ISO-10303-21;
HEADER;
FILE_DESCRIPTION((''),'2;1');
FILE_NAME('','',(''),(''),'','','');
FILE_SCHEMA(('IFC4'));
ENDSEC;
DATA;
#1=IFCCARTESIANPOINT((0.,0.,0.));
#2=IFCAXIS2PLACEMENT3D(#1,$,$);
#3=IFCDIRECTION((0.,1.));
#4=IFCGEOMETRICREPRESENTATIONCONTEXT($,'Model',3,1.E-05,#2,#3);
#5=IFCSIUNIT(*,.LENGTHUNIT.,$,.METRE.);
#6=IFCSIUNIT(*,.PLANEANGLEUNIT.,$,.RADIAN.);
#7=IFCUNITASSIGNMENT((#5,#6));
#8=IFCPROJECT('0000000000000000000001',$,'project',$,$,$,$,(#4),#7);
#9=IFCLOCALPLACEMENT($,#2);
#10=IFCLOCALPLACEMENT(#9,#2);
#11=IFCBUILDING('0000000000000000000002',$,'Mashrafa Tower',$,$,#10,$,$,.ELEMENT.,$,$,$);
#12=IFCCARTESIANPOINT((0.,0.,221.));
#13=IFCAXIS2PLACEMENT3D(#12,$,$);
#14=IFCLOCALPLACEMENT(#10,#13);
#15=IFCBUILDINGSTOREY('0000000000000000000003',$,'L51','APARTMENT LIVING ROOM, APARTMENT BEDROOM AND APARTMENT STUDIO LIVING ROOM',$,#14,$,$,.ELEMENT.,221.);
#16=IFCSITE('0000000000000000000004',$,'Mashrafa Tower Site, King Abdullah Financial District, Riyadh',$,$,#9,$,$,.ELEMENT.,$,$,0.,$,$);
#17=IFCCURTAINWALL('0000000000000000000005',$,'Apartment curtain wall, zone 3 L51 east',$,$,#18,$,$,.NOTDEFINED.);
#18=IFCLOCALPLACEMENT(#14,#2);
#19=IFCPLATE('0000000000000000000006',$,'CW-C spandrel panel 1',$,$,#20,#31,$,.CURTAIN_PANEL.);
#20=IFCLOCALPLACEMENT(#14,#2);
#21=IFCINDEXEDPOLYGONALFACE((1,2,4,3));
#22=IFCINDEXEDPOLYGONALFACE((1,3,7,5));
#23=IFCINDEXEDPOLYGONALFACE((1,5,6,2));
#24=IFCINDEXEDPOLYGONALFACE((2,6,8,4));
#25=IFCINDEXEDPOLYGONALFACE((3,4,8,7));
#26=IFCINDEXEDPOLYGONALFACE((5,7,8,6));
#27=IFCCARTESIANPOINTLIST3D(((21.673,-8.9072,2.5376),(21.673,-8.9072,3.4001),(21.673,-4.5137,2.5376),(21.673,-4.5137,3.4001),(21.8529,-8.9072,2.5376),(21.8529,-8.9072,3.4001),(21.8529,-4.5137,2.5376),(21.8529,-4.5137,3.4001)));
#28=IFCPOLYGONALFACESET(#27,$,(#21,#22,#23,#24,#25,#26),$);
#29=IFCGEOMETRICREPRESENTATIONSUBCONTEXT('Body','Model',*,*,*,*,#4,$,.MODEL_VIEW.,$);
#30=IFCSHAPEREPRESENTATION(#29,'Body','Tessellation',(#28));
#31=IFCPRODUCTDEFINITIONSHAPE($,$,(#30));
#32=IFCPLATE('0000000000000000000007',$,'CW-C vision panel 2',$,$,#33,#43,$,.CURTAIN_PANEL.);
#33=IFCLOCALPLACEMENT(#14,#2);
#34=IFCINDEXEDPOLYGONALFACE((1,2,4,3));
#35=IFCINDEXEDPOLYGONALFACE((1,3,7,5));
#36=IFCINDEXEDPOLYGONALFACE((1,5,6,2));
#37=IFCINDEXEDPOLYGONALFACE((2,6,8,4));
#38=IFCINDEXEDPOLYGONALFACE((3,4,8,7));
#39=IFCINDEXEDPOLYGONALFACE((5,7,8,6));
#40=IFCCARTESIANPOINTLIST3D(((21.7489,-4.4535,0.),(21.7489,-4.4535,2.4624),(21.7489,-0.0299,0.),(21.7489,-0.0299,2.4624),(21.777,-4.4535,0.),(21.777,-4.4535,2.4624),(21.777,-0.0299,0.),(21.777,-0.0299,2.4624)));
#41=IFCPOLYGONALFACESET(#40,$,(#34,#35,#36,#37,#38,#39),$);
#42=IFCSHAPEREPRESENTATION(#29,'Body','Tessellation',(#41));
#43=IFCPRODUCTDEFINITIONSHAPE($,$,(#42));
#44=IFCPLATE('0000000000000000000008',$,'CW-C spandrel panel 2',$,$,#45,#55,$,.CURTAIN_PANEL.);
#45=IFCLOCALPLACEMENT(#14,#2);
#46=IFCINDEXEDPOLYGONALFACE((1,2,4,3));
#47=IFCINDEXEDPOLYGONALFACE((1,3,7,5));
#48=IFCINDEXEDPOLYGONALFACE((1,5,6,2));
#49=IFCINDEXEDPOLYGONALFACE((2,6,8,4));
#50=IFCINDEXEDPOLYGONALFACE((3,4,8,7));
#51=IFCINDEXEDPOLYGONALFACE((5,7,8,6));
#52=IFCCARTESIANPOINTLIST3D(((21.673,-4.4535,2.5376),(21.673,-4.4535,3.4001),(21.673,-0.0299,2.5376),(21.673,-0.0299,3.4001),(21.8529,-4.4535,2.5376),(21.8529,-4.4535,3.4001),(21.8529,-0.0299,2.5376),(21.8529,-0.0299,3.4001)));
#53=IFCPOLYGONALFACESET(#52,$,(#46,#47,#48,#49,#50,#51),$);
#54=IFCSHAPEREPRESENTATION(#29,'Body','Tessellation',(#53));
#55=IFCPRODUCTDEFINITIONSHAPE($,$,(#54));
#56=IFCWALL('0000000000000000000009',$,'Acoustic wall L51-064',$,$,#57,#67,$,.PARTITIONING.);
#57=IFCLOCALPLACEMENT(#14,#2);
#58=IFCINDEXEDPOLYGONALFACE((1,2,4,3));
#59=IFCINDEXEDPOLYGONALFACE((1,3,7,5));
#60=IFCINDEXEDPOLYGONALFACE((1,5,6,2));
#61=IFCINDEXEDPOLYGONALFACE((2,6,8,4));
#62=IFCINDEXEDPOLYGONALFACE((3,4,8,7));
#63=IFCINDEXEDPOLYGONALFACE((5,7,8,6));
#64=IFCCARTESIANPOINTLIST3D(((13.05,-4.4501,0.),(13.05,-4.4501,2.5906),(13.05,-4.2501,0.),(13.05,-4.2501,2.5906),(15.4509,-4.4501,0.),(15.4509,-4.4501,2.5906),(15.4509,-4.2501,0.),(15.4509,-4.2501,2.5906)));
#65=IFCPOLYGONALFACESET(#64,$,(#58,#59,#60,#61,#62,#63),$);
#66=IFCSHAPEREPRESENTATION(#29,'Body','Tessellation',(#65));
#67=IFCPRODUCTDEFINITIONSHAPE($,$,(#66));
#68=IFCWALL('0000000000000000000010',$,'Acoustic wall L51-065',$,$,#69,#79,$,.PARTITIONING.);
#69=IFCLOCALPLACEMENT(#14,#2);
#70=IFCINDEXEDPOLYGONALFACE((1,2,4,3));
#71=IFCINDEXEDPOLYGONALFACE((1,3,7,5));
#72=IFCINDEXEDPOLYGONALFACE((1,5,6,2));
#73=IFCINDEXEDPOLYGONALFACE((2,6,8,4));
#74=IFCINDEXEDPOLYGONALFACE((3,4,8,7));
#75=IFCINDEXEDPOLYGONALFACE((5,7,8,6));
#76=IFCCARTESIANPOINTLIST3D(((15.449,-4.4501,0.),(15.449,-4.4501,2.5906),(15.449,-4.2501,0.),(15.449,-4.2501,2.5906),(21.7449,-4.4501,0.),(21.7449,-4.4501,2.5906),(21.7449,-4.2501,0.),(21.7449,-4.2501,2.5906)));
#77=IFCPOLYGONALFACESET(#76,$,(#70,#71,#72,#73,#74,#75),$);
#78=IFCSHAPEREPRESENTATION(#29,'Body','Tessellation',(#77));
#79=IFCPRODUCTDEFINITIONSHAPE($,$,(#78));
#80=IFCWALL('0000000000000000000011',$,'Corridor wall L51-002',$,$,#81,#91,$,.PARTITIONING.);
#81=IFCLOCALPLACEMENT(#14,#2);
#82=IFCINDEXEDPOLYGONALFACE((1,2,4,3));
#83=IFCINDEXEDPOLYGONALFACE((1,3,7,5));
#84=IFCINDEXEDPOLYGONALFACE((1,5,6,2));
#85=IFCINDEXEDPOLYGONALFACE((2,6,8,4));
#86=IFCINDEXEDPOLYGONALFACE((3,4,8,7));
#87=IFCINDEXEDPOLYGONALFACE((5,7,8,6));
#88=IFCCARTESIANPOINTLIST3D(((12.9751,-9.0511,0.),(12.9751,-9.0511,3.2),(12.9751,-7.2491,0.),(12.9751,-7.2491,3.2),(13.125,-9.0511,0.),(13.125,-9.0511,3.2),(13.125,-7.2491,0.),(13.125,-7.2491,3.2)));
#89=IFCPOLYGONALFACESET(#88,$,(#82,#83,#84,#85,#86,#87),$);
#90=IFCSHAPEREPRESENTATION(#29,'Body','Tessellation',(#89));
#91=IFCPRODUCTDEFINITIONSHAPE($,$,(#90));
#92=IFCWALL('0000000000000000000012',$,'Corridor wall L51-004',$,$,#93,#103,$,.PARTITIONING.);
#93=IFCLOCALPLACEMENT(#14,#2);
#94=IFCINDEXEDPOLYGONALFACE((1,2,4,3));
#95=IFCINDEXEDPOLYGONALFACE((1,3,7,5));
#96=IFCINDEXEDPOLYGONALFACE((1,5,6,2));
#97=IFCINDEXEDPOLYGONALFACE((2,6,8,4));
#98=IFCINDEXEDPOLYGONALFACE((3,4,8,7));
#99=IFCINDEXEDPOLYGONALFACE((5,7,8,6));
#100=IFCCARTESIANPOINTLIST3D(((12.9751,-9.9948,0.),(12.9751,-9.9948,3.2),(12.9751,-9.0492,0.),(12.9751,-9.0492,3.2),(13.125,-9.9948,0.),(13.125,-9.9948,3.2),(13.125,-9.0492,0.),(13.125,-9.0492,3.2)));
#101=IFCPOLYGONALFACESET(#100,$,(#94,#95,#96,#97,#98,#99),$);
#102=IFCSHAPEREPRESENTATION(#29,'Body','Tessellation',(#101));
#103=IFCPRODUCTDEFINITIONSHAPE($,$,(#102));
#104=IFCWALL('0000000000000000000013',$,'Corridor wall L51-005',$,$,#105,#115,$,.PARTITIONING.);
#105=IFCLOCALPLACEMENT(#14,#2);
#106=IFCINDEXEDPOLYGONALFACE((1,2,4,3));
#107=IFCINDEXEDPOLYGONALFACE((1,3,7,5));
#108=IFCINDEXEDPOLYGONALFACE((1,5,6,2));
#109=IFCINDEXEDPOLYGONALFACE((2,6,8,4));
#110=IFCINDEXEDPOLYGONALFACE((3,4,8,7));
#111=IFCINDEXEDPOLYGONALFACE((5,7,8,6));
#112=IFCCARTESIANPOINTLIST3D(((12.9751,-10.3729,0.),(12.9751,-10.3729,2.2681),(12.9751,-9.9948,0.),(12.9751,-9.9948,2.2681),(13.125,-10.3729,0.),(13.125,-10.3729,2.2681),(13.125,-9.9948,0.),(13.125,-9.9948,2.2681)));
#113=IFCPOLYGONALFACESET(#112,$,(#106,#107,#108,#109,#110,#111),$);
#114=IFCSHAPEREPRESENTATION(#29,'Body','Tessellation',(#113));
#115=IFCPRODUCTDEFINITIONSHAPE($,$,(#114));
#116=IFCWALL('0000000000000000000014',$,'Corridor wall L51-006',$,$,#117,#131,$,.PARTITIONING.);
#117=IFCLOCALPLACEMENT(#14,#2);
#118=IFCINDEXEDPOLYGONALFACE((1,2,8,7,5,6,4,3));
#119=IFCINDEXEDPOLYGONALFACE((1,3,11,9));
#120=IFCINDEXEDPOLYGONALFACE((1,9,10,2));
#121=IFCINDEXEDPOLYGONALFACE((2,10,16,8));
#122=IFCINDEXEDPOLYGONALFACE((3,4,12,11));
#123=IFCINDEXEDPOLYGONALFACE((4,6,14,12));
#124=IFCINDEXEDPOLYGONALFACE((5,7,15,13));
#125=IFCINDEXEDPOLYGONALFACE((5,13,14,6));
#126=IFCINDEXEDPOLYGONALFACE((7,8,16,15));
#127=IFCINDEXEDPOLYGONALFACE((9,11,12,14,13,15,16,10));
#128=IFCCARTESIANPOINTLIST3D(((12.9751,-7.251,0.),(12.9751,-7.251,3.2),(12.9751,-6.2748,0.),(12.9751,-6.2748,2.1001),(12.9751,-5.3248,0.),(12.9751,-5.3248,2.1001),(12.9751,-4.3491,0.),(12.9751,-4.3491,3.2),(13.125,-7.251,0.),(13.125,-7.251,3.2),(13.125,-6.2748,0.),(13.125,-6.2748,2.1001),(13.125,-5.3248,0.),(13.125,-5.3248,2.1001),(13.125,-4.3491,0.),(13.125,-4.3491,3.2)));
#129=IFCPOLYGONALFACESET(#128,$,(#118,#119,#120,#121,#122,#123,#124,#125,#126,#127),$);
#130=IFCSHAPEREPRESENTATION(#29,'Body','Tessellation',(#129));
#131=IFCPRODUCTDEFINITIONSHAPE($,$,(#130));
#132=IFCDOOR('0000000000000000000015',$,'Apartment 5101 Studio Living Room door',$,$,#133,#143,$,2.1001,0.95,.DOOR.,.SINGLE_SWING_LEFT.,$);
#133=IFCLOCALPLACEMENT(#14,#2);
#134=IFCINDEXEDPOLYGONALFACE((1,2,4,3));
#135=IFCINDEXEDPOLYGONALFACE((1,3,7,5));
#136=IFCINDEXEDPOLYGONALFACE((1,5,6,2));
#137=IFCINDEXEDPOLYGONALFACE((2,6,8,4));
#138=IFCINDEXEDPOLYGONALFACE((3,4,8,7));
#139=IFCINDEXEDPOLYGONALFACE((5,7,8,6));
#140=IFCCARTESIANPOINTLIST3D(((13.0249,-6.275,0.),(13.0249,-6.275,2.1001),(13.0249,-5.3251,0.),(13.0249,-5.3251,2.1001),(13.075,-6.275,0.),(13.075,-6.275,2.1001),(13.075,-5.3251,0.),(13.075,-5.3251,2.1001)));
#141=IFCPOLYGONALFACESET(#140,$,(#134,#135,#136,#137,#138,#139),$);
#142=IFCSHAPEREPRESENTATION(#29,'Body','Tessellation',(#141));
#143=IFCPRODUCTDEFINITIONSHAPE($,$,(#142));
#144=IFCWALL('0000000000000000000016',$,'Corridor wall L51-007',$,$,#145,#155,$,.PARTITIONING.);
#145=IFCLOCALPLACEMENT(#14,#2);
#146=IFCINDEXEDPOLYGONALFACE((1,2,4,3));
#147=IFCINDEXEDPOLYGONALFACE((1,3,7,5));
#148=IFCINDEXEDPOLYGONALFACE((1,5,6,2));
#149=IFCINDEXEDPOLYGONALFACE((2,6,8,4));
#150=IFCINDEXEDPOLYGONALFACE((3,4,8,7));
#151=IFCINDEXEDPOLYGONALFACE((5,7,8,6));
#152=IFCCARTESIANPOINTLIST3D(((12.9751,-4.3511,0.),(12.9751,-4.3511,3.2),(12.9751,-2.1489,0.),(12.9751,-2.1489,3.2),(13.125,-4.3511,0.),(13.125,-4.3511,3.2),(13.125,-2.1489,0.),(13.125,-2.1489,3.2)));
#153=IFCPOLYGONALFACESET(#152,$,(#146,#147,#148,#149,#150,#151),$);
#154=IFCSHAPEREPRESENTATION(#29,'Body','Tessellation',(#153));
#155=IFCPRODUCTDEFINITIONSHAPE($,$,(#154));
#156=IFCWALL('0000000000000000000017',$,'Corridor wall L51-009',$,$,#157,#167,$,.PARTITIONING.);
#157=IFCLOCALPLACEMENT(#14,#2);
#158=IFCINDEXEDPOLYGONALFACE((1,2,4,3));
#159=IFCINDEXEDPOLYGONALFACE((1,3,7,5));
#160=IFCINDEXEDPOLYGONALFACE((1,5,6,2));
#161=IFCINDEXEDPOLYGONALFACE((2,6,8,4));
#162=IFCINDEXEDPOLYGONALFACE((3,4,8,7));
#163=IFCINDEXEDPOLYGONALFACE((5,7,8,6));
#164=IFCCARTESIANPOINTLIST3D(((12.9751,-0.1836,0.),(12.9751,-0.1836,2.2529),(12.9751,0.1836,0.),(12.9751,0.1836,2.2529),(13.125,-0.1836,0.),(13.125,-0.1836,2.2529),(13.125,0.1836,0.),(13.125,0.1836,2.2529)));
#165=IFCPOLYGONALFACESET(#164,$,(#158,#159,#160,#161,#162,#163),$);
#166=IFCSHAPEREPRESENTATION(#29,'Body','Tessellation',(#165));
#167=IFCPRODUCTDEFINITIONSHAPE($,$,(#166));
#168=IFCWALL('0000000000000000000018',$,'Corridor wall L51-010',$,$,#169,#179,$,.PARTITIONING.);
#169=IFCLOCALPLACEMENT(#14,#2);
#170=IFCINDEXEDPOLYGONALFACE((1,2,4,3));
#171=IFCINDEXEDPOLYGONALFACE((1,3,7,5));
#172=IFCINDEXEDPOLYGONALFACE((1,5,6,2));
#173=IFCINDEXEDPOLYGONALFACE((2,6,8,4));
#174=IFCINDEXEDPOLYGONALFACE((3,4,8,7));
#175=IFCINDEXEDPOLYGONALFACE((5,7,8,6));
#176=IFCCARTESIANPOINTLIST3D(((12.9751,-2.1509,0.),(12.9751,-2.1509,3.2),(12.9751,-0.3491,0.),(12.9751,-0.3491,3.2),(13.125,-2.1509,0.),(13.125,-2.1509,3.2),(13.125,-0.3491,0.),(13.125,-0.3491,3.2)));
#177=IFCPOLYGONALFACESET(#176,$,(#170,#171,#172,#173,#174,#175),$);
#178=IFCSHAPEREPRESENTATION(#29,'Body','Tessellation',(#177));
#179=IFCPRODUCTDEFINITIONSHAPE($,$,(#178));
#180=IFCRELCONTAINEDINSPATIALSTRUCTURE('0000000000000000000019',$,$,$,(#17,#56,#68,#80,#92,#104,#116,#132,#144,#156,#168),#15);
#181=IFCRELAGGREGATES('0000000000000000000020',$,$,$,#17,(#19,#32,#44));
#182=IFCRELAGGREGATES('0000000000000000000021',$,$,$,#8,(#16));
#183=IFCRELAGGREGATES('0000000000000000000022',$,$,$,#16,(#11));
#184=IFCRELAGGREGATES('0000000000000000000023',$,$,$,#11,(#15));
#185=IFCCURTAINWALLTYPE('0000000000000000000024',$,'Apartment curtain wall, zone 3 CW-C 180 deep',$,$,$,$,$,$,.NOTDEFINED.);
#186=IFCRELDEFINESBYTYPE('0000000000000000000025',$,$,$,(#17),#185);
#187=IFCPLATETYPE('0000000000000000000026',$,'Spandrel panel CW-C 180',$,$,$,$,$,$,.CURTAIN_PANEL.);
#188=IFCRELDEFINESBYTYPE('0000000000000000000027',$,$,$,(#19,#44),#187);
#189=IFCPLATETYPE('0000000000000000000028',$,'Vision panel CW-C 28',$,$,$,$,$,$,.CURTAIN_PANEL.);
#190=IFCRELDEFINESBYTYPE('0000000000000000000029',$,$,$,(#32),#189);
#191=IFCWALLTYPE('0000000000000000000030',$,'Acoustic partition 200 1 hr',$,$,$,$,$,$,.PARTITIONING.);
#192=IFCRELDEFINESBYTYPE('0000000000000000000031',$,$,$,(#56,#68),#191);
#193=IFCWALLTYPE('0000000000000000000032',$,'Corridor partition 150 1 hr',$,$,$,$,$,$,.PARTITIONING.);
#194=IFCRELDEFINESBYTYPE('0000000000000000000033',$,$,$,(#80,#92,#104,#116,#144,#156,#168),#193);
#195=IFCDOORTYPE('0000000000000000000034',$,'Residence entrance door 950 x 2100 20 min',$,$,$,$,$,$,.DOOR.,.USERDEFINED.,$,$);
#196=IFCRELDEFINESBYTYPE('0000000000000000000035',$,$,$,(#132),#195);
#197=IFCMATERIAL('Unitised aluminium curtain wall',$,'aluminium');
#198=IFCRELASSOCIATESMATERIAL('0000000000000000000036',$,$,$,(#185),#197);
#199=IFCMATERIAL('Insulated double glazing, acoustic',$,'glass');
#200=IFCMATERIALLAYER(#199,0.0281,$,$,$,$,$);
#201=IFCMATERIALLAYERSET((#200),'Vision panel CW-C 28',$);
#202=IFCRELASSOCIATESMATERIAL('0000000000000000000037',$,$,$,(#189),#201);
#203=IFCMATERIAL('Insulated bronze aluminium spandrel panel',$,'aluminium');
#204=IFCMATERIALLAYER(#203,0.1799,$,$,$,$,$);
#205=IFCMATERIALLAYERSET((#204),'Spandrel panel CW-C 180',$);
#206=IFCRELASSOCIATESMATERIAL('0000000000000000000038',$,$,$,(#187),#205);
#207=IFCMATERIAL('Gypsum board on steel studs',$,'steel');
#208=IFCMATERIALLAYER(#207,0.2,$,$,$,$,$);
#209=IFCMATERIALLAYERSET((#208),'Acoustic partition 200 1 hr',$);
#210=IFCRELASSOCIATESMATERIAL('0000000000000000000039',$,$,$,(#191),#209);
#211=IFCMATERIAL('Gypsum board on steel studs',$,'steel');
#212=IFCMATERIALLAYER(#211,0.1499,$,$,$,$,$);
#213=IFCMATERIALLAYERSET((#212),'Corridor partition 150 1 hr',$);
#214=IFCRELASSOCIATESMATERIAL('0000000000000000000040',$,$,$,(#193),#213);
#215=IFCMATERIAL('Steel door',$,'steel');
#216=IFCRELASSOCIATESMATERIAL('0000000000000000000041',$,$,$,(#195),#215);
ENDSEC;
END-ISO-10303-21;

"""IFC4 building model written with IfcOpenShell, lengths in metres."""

from ifc_helpers import new_model, si_unit, direction, frame, frame_2d, origin, origin_2d, place, context, subcontext, project, spatial, rectangle, extrude, source, transform, mapped, material, layer, layer_set, type_object, type_shapes, element, fill, aggregate, save


model = new_model("IFC4")

# Units and contexts
model_context = context("Model", 3, precision=1e-05, world=origin(), true_north=direction((0.0, 1.0)))
body_context = subcontext(model_context, "Body", "Model", "MODEL_VIEW")
ifc_project = project(units=[si_unit("LENGTHUNIT", "METRE"), si_unit("PLANEANGLEUNIT", "RADIAN")], contexts=[model_context])

# Site, building, storey
site_placement = place(None, origin())
site = spatial("IfcSite", under=ifc_project, at=site_placement, Name="Mashrafa Tower Site, King Abdullah Financial District, Riyadh", CompositionType="ELEMENT", RefElevation=0.0)
building_placement = place(site_placement, origin())
building = spatial("IfcBuilding", under=site, at=building_placement, Name="Mashrafa Tower", CompositionType="ELEMENT")
storey_placement = place(building_placement, frame((0.0, 0.0, 221.0)))
storey = spatial("IfcBuildingStorey", under=building, at=storey_placement, Name="L51", Description="APARTMENT LIVING ROOM, APARTMENT BEDROOM AND APARTMENT STUDIO LIVING ROOM", CompositionType="ELEMENT", Elevation=221.0)

# Curtain wall
ifc_material_1 = material(Name="Unitised aluminium curtain wall", Category="aluminium")
curtain_wall_type = type_object("IfcCurtainWallType", Name="Apartment curtain wall, zone 3 CW-C 180 deep", PredefinedType="NOTDEFINED", material=ifc_material_1)
curtain_wall_1_placement = place(storey_placement, origin())
curtain_wall_1 = element("IfcCurtainWall", 1, at=curtain_wall_1_placement, inside=storey, type_object=curtain_wall_type, Name="Apartment curtain wall, zone 3 L51 east", PredefinedType="NOTDEFINED")

# Plates
ifc_material_2 = material(Name="Insulated double glazing, acoustic", Category="glass")
ifc_layer_1 = layer(ifc_material_2, 0.0281)
ifc_layer_set_1 = layer_set([ifc_layer_1], Name="Vision panel CW-C 28")
plate_type_1 = type_object("IfcPlateType", Name="Vision panel CW-C 28", PredefinedType="CURTAIN_PANEL", material=ifc_layer_set_1)
ifc_material_3 = material(Name="Insulated bronze aluminium spandrel panel", Category="aluminium")
ifc_layer_2 = layer(ifc_material_3, 0.1799)
ifc_layer_set_2 = layer_set([ifc_layer_2], Name="Spandrel panel CW-C 180")
plate_type_2 = type_object("IfcPlateType", Name="Spandrel panel CW-C 180", PredefinedType="CURTAIN_PANEL", material=ifc_layer_set_2)
shared_shape_1 = source(origin(), body_context, "Body", "SweptSolid", [
    extrude(rectangle(XDim=4.3936, YDim=0.1799, at=origin_2d()), origin(), (0.0, 0.0, 1.0), 0.8625),
])
plate_1_placement = place(storey_placement, frame((21.7629, -6.7104, 2.5376), z_axis=(0.0, 0.0, 1.0), x_axis=(0.0, 1.0, 0.0)))
plate_1 = element("IfcPlate", 2, at=plate_1_placement, type_object=plate_type_2, Name="CW-C spandrel panel 1", PredefinedType="CURTAIN_PANEL", context=body_context, shape_type="MappedRepresentation", body=[
    mapped(shared_shape_1, transform((0.0, 0.0, 0.0))),
])
shared_shape_2 = source(origin(), body_context, "Body", "SweptSolid", [
    extrude(rectangle(XDim=4.4236, YDim=0.0281, at=origin_2d()), origin(), (0.0, 0.0, 1.0), 2.4624),
])
plate_2_placement = place(storey_placement, frame((21.7629, -2.2417, 0.0), z_axis=(0.0, 0.0, 1.0), x_axis=(0.0, 1.0, 0.0)))
plate_2 = element("IfcPlate", 3, at=plate_2_placement, type_object=plate_type_1, Name="CW-C vision panel 2", PredefinedType="CURTAIN_PANEL", context=body_context, shape_type="MappedRepresentation", body=[
    mapped(shared_shape_2, transform((0.0, 0.0, 0.0))),
])
shared_shape_3 = source(origin(), body_context, "Body", "SweptSolid", [
    extrude(rectangle(XDim=4.4236, YDim=0.1799, at=origin_2d()), origin(), (0.0, 0.0, 1.0), 0.8625),
])
type_shapes(plate_type_2, [shared_shape_1, shared_shape_3])
plate_3_placement = place(storey_placement, frame((21.7629, -2.2417, 2.5376), z_axis=(0.0, 0.0, 1.0), x_axis=(0.0, 1.0, 0.0)))
plate_3 = element("IfcPlate", 4, at=plate_3_placement, type_object=plate_type_2, Name="CW-C spandrel panel 2", PredefinedType="CURTAIN_PANEL", context=body_context, shape_type="MappedRepresentation", body=[
    mapped(shared_shape_3, transform((0.0, 0.0, 0.0))),
])
aggregate(curtain_wall_1, [plate_1, plate_2, plate_3])

# Walls
ifc_material_4 = material(Name="Gypsum board on steel studs", Category="steel")
ifc_layer_3 = layer(ifc_material_4, 0.2)
ifc_layer_set_3 = layer_set([ifc_layer_3], Name="Acoustic partition 200 1 hr")
wall_type_1 = type_object("IfcWallType", Name="Acoustic partition 200 1 hr", PredefinedType="PARTITIONING", material=ifc_layer_set_3)
wall_1_placement = place(storey_placement, frame((15.4509, -4.3501, 0.0), z_axis=(0.0, 0.0, 1.0), x_axis=(-1.0, 0.0, 0.0)))
element("IfcWall", 5, at=wall_1_placement, inside=storey, type_object=wall_type_1, Name="Acoustic wall L51-064", PredefinedType="PARTITIONING", context=body_context, shape_type="SweptSolid", body=[
    extrude(rectangle(XDim=2.4009, YDim=0.2, at=frame_2d((1.2004, 0.0))), origin(), (0.0, 0.0, 1.0), 2.5906),
])
wall_2_placement = place(storey_placement, frame((21.7449, -4.3501, 0.0), z_axis=(0.0, 0.0, 1.0), x_axis=(-1.0, 0.0, 0.0)))
element("IfcWall", 6, at=wall_2_placement, inside=storey, type_object=wall_type_1, Name="Acoustic wall L51-065", PredefinedType="PARTITIONING", context=body_context, shape_type="SweptSolid", body=[
    extrude(rectangle(XDim=6.2959, YDim=0.2, at=frame_2d((3.1479, 0.0))), origin(), (0.0, 0.0, 1.0), 2.5906),
])
ifc_material_5 = material(Name="Gypsum board on steel studs", Category="steel")
ifc_layer_4 = layer(ifc_material_5, 0.1499)
ifc_layer_set_4 = layer_set([ifc_layer_4], Name="Corridor partition 150 1 hr")
wall_type_2 = type_object("IfcWallType", Name="Corridor partition 150 1 hr", PredefinedType="PARTITIONING", material=ifc_layer_set_4)
wall_3_placement = place(storey_placement, frame((13.05, -9.051, 0.0), z_axis=(0.0, 0.0, 1.0), x_axis=(0.0, 1.0, 0.0)))
element("IfcWall", 7, at=wall_3_placement, inside=storey, type_object=wall_type_2, Name="Corridor wall L51-002", PredefinedType="PARTITIONING", context=body_context, shape_type="SweptSolid", body=[
    extrude(rectangle(XDim=1.802, YDim=0.1499, at=frame_2d((0.9009, 0.0))), origin(), (0.0, 0.0, 1.0), 3.2),
])
wall_4_placement = place(storey_placement, frame((13.05, -9.9946, 0.0), z_axis=(0.0, 0.0, 1.0), x_axis=(0.0, 1.0, 0.0)))
element("IfcWall", 8, at=wall_4_placement, inside=storey, type_object=wall_type_2, Name="Corridor wall L51-004", PredefinedType="PARTITIONING", context=body_context, shape_type="SweptSolid", body=[
    extrude(rectangle(XDim=0.9456, YDim=0.1499, at=frame_2d((0.4727, 0.0))), origin(), (0.0, 0.0, 1.0), 3.2),
])
wall_5_placement = place(storey_placement, frame((13.05, -10.3728, 0.0), z_axis=(0.0, 0.0, 1.0), x_axis=(0.0, 1.0, 0.0)))
element("IfcWall", 9, at=wall_5_placement, inside=storey, type_object=wall_type_2, Name="Corridor wall L51-005", PredefinedType="PARTITIONING", context=body_context, shape_type="SweptSolid", body=[
    extrude(rectangle(XDim=0.3782, YDim=0.1499, at=frame_2d((0.189, 0.0))), origin(), (0.0, 0.0, 1.0), 2.2681),
])

# Wall, opening, door
wall_6_placement = place(storey_placement, frame((13.05, -7.251, 0.0), z_axis=(0.0, 0.0, 1.0), x_axis=(0.0, 1.0, 0.0)))
wall_6 = element("IfcWall", 10, at=wall_6_placement, inside=storey, type_object=wall_type_2, Name="Corridor wall L51-006", PredefinedType="PARTITIONING", context=body_context, shape_type="SweptSolid", body=[
    extrude(rectangle(XDim=2.9019, YDim=0.1499, at=frame_2d((1.4509, 0.0))), origin(), (0.0, 0.0, 1.0), 3.2),
])
opening_1_placement = place(wall_6_placement, frame((0.9761, 0.0, 0.0)))
opening_1 = element("IfcOpeningElement", 11, at=opening_1_placement, cuts=wall_6, PredefinedType="OPENING", context=body_context, shape_type="SweptSolid", body=[
    extrude(rectangle(XDim=0.95, YDim=2.1001, at=frame_2d((0.4751, 1.05))), frame((0.0, 0.085, 0.0), z_axis=(0.0, -1.0, 0.0), x_axis=(1.0, 0.0, 0.0)), (0.0, 0.0, 1.0), 0.1699),
])
ifc_material_6 = material(Name="Steel door", Category="steel")
door_type_1 = type_object("IfcDoorType", Name="Residence entrance door 950 x 2100 20 min", OperationType="USERDEFINED", PredefinedType="DOOR", material=ifc_material_6)
door_1_placement = place(opening_1_placement, frame((0.95, 0.0, 0.0), z_axis=(0.0, 0.0, 1.0), x_axis=(-1.0, 0.0, 0.0)))
door_1 = element("IfcDoor", 12, at=door_1_placement, inside=storey, type_object=door_type_1, Name="Apartment 5101 Studio Living Room door", OperationType="SINGLE_SWING_LEFT", OverallHeight=2.1001, OverallWidth=0.95, PredefinedType="DOOR", context=body_context, shape_type="SweptSolid", body=[
    extrude(rectangle(XDim=0.95, YDim=2.1001, at=frame_2d((0.4751, 1.05))), frame((0.0, 0.0249, 0.0), z_axis=(0.0, -1.0, 0.0), x_axis=(1.0, 0.0, 0.0)), (0.0, 0.0, 1.0), 0.05),
])
fill(opening_1, door_1)

# Walls
wall_7_placement = place(storey_placement, frame((13.05, -4.3511, 0.0), z_axis=(0.0, 0.0, 1.0), x_axis=(0.0, 1.0, 0.0)))
element("IfcWall", 13, at=wall_7_placement, inside=storey, type_object=wall_type_2, Name="Corridor wall L51-007", PredefinedType="PARTITIONING", context=body_context, shape_type="SweptSolid", body=[
    extrude(rectangle(XDim=2.2021, YDim=0.1499, at=frame_2d((1.1011, 0.0))), origin(), (0.0, 0.0, 1.0), 3.2),
])
wall_8_placement = place(storey_placement, frame((13.05, -0.1836, 0.0), z_axis=(0.0, 0.0, 1.0), x_axis=(0.0, 1.0, 0.0)))
element("IfcWall", 14, at=wall_8_placement, inside=storey, type_object=wall_type_2, Name="Corridor wall L51-009", PredefinedType="PARTITIONING", context=body_context, shape_type="SweptSolid", body=[
    extrude(rectangle(XDim=0.3672, YDim=0.1499, at=frame_2d((0.1836, 0.0))), origin(), (0.0, 0.0, 1.0), 2.2529),
])
wall_9_placement = place(storey_placement, frame((13.05, -2.1509, 0.0), z_axis=(0.0, 0.0, 1.0), x_axis=(0.0, 1.0, 0.0)))
element("IfcWall", 15, at=wall_9_placement, inside=storey, type_object=wall_type_2, Name="Corridor wall L51-010", PredefinedType="PARTITIONING", context=body_context, shape_type="SweptSolid", body=[
    extrude(rectangle(XDim=1.8018, YDim=0.1499, at=frame_2d((0.9009, 0.0))), origin(), (0.0, 0.0, 1.0), 3.2),
])

save(model, "model.ifc")
